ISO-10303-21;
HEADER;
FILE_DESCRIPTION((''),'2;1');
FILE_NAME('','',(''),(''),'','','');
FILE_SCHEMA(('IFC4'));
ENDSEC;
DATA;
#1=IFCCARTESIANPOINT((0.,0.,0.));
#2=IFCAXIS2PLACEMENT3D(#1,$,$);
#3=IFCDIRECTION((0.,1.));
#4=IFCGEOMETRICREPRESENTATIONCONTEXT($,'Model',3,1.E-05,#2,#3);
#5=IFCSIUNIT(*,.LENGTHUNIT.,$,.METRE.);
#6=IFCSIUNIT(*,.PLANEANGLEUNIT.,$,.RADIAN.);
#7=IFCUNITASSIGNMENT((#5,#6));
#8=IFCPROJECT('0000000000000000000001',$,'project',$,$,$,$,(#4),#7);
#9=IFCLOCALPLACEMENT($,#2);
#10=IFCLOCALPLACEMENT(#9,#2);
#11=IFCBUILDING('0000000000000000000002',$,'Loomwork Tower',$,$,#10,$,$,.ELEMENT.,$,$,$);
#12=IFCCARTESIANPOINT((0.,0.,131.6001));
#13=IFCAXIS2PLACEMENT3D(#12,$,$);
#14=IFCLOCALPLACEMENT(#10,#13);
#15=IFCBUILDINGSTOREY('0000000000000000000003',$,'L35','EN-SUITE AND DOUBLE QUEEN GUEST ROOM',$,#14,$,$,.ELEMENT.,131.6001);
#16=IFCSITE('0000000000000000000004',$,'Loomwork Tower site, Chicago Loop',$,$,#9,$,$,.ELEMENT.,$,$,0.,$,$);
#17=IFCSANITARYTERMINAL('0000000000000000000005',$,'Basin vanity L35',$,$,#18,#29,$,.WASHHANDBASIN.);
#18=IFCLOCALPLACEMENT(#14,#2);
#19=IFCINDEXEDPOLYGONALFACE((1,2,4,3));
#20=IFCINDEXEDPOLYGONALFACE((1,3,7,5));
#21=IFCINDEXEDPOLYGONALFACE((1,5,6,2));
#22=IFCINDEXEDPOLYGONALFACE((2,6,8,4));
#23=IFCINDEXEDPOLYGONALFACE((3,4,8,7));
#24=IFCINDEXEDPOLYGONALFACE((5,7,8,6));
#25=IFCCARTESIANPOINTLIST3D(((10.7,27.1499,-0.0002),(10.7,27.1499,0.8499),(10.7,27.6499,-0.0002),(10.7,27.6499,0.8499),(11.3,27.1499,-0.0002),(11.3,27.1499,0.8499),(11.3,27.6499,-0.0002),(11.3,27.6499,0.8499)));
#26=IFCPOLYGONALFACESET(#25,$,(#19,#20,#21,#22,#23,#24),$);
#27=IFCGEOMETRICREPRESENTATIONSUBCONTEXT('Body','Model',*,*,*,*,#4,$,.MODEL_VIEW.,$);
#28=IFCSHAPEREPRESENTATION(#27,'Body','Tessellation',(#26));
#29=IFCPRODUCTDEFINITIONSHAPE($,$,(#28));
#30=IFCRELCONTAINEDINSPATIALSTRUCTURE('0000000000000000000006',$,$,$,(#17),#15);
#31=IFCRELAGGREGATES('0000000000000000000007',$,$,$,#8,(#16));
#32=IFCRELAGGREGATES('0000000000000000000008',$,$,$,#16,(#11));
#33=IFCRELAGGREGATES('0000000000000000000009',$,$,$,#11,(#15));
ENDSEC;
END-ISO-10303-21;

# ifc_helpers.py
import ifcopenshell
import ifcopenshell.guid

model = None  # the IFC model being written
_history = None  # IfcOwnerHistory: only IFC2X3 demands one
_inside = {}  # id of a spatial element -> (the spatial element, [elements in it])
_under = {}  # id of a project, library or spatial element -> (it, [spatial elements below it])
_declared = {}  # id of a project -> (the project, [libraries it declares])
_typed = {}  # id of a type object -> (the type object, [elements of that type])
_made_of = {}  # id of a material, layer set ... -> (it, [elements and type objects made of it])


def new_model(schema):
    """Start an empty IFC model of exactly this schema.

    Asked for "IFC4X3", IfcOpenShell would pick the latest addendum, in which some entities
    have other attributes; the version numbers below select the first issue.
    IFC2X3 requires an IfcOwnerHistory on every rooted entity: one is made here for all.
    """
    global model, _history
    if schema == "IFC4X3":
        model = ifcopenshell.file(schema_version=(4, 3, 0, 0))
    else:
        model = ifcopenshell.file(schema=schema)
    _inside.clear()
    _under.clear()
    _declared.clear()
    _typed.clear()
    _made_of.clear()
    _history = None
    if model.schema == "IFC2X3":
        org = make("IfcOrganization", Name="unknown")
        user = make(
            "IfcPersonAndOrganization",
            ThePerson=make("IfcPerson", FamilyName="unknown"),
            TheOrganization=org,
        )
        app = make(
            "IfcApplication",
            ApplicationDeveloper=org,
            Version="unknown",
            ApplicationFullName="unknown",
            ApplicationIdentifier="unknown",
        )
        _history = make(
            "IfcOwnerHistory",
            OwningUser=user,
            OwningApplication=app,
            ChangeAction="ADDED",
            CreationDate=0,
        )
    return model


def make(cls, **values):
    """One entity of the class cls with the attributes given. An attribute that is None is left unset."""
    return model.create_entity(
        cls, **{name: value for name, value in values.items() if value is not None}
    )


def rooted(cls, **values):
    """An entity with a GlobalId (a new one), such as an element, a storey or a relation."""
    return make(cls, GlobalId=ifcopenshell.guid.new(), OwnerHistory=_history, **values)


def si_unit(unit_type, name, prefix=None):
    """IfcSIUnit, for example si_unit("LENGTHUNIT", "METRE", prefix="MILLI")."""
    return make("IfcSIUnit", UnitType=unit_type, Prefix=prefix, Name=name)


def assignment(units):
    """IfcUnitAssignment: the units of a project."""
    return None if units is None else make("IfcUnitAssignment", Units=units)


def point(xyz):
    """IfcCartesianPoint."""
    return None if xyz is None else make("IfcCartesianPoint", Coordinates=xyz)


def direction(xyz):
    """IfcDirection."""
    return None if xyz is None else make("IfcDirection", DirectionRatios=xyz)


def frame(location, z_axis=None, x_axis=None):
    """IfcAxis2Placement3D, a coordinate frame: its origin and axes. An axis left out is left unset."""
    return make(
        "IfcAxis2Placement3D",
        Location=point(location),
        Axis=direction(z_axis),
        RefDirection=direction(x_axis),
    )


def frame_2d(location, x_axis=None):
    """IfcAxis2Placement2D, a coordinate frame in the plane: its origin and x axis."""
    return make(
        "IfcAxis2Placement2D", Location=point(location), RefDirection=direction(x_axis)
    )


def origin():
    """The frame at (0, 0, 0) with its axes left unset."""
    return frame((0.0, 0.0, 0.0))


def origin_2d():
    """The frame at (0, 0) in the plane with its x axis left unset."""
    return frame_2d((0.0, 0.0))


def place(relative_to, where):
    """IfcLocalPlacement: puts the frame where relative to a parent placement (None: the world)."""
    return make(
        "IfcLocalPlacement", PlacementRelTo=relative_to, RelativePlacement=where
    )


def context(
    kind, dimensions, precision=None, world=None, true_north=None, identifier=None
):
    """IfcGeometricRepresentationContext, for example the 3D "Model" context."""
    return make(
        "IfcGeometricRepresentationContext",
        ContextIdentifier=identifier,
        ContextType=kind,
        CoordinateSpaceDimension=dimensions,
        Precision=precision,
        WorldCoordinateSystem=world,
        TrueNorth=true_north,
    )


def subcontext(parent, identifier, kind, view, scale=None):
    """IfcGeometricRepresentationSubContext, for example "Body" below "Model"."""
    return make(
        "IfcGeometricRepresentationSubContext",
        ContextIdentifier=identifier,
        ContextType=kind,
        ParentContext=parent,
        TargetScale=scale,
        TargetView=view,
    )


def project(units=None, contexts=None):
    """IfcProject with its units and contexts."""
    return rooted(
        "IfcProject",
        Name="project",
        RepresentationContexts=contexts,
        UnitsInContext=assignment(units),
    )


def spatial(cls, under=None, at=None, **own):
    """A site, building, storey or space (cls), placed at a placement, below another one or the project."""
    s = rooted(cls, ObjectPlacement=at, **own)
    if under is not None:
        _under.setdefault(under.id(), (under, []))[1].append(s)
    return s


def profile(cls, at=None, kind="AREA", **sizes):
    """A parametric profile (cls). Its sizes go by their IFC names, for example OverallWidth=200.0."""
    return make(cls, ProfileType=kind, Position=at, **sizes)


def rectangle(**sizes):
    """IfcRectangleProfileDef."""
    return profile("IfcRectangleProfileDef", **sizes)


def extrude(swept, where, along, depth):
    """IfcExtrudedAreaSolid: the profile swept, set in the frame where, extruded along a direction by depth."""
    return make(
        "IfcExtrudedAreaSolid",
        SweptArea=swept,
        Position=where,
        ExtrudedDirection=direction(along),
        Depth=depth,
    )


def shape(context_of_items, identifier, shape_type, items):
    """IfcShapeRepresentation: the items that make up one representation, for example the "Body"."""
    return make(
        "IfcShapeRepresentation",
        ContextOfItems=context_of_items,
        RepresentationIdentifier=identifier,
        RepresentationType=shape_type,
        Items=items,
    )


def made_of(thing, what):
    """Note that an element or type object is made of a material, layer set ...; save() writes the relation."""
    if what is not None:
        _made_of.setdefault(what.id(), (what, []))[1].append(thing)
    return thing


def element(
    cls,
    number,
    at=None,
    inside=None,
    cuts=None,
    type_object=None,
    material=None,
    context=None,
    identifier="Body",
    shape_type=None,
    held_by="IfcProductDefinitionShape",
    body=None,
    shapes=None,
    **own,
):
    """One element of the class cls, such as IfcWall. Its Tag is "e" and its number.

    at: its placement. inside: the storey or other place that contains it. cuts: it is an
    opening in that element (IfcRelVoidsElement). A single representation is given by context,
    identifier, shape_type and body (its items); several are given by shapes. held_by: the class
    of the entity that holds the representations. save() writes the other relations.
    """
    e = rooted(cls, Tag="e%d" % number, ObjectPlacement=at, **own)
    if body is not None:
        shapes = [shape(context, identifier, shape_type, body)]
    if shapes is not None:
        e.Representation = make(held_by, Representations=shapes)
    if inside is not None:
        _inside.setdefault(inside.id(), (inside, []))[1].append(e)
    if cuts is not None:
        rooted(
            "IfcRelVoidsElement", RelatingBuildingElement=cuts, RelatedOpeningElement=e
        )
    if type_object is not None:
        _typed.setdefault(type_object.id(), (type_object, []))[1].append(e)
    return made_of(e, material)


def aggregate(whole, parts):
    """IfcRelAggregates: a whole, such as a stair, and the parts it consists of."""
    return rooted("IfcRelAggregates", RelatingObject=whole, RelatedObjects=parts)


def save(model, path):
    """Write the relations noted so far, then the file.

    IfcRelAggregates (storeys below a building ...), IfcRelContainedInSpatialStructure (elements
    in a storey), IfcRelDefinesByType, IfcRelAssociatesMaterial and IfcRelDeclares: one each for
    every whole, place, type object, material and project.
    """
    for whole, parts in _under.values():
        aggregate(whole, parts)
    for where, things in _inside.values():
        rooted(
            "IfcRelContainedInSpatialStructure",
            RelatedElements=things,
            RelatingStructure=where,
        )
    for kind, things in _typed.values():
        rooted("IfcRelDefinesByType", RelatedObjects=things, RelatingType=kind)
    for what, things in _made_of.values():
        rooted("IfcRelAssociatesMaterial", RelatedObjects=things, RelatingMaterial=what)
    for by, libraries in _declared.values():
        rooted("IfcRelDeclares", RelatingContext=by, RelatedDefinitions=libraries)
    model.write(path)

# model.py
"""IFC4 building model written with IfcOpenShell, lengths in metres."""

from ifc_helpers import new_model, si_unit, direction, frame, origin, origin_2d, place, context, subcontext, project, spatial, rectangle, extrude, element, save


model = new_model("IFC4")

# Units and contexts
model_context = context("Model", 3, precision=1e-05, world=origin(), true_north=direction((0.0, 1.0)))
body_context = subcontext(model_context, "Body", "Model", "MODEL_VIEW")
ifc_project = project(units=[si_unit("LENGTHUNIT", "METRE"), si_unit("PLANEANGLEUNIT", "RADIAN")], contexts=[model_context])

# Site, building, storey
site_placement = place(None, origin())
site = spatial("IfcSite", under=ifc_project, at=site_placement, Name="Loomwork Tower site, Chicago Loop", CompositionType="ELEMENT", RefElevation=0.0)
building_placement = place(site_placement, origin())
building = spatial("IfcBuilding", under=site, at=building_placement, Name="Loomwork Tower", CompositionType="ELEMENT")
storey_placement = place(building_placement, frame((0.0, 0.0, 131.6001)))
storey = spatial("IfcBuildingStorey", under=building, at=storey_placement, Name="L35", Description="EN-SUITE AND DOUBLE QUEEN GUEST ROOM", CompositionType="ELEMENT", Elevation=131.6001)

# Sanitary terminal
sanitary_terminal_placement = place(storey_placement, frame((11.0, 27.3999, -0.0002), z_axis=(0.0, 0.0, 1.0), x_axis=(1.0, 0.0, 0.0)))
element("IfcSanitaryTerminal", 1, at=sanitary_terminal_placement, inside=storey, Name="Basin vanity L35", PredefinedType="WASHHANDBASIN", context=body_context, shape_type="SweptSolid", body=[
    extrude(rectangle(XDim=0.6001, YDim=0.5, at=origin_2d()), origin(), (0.0, 0.0, 1.0), 0.8501),
])

save(model, "model.ifc")
